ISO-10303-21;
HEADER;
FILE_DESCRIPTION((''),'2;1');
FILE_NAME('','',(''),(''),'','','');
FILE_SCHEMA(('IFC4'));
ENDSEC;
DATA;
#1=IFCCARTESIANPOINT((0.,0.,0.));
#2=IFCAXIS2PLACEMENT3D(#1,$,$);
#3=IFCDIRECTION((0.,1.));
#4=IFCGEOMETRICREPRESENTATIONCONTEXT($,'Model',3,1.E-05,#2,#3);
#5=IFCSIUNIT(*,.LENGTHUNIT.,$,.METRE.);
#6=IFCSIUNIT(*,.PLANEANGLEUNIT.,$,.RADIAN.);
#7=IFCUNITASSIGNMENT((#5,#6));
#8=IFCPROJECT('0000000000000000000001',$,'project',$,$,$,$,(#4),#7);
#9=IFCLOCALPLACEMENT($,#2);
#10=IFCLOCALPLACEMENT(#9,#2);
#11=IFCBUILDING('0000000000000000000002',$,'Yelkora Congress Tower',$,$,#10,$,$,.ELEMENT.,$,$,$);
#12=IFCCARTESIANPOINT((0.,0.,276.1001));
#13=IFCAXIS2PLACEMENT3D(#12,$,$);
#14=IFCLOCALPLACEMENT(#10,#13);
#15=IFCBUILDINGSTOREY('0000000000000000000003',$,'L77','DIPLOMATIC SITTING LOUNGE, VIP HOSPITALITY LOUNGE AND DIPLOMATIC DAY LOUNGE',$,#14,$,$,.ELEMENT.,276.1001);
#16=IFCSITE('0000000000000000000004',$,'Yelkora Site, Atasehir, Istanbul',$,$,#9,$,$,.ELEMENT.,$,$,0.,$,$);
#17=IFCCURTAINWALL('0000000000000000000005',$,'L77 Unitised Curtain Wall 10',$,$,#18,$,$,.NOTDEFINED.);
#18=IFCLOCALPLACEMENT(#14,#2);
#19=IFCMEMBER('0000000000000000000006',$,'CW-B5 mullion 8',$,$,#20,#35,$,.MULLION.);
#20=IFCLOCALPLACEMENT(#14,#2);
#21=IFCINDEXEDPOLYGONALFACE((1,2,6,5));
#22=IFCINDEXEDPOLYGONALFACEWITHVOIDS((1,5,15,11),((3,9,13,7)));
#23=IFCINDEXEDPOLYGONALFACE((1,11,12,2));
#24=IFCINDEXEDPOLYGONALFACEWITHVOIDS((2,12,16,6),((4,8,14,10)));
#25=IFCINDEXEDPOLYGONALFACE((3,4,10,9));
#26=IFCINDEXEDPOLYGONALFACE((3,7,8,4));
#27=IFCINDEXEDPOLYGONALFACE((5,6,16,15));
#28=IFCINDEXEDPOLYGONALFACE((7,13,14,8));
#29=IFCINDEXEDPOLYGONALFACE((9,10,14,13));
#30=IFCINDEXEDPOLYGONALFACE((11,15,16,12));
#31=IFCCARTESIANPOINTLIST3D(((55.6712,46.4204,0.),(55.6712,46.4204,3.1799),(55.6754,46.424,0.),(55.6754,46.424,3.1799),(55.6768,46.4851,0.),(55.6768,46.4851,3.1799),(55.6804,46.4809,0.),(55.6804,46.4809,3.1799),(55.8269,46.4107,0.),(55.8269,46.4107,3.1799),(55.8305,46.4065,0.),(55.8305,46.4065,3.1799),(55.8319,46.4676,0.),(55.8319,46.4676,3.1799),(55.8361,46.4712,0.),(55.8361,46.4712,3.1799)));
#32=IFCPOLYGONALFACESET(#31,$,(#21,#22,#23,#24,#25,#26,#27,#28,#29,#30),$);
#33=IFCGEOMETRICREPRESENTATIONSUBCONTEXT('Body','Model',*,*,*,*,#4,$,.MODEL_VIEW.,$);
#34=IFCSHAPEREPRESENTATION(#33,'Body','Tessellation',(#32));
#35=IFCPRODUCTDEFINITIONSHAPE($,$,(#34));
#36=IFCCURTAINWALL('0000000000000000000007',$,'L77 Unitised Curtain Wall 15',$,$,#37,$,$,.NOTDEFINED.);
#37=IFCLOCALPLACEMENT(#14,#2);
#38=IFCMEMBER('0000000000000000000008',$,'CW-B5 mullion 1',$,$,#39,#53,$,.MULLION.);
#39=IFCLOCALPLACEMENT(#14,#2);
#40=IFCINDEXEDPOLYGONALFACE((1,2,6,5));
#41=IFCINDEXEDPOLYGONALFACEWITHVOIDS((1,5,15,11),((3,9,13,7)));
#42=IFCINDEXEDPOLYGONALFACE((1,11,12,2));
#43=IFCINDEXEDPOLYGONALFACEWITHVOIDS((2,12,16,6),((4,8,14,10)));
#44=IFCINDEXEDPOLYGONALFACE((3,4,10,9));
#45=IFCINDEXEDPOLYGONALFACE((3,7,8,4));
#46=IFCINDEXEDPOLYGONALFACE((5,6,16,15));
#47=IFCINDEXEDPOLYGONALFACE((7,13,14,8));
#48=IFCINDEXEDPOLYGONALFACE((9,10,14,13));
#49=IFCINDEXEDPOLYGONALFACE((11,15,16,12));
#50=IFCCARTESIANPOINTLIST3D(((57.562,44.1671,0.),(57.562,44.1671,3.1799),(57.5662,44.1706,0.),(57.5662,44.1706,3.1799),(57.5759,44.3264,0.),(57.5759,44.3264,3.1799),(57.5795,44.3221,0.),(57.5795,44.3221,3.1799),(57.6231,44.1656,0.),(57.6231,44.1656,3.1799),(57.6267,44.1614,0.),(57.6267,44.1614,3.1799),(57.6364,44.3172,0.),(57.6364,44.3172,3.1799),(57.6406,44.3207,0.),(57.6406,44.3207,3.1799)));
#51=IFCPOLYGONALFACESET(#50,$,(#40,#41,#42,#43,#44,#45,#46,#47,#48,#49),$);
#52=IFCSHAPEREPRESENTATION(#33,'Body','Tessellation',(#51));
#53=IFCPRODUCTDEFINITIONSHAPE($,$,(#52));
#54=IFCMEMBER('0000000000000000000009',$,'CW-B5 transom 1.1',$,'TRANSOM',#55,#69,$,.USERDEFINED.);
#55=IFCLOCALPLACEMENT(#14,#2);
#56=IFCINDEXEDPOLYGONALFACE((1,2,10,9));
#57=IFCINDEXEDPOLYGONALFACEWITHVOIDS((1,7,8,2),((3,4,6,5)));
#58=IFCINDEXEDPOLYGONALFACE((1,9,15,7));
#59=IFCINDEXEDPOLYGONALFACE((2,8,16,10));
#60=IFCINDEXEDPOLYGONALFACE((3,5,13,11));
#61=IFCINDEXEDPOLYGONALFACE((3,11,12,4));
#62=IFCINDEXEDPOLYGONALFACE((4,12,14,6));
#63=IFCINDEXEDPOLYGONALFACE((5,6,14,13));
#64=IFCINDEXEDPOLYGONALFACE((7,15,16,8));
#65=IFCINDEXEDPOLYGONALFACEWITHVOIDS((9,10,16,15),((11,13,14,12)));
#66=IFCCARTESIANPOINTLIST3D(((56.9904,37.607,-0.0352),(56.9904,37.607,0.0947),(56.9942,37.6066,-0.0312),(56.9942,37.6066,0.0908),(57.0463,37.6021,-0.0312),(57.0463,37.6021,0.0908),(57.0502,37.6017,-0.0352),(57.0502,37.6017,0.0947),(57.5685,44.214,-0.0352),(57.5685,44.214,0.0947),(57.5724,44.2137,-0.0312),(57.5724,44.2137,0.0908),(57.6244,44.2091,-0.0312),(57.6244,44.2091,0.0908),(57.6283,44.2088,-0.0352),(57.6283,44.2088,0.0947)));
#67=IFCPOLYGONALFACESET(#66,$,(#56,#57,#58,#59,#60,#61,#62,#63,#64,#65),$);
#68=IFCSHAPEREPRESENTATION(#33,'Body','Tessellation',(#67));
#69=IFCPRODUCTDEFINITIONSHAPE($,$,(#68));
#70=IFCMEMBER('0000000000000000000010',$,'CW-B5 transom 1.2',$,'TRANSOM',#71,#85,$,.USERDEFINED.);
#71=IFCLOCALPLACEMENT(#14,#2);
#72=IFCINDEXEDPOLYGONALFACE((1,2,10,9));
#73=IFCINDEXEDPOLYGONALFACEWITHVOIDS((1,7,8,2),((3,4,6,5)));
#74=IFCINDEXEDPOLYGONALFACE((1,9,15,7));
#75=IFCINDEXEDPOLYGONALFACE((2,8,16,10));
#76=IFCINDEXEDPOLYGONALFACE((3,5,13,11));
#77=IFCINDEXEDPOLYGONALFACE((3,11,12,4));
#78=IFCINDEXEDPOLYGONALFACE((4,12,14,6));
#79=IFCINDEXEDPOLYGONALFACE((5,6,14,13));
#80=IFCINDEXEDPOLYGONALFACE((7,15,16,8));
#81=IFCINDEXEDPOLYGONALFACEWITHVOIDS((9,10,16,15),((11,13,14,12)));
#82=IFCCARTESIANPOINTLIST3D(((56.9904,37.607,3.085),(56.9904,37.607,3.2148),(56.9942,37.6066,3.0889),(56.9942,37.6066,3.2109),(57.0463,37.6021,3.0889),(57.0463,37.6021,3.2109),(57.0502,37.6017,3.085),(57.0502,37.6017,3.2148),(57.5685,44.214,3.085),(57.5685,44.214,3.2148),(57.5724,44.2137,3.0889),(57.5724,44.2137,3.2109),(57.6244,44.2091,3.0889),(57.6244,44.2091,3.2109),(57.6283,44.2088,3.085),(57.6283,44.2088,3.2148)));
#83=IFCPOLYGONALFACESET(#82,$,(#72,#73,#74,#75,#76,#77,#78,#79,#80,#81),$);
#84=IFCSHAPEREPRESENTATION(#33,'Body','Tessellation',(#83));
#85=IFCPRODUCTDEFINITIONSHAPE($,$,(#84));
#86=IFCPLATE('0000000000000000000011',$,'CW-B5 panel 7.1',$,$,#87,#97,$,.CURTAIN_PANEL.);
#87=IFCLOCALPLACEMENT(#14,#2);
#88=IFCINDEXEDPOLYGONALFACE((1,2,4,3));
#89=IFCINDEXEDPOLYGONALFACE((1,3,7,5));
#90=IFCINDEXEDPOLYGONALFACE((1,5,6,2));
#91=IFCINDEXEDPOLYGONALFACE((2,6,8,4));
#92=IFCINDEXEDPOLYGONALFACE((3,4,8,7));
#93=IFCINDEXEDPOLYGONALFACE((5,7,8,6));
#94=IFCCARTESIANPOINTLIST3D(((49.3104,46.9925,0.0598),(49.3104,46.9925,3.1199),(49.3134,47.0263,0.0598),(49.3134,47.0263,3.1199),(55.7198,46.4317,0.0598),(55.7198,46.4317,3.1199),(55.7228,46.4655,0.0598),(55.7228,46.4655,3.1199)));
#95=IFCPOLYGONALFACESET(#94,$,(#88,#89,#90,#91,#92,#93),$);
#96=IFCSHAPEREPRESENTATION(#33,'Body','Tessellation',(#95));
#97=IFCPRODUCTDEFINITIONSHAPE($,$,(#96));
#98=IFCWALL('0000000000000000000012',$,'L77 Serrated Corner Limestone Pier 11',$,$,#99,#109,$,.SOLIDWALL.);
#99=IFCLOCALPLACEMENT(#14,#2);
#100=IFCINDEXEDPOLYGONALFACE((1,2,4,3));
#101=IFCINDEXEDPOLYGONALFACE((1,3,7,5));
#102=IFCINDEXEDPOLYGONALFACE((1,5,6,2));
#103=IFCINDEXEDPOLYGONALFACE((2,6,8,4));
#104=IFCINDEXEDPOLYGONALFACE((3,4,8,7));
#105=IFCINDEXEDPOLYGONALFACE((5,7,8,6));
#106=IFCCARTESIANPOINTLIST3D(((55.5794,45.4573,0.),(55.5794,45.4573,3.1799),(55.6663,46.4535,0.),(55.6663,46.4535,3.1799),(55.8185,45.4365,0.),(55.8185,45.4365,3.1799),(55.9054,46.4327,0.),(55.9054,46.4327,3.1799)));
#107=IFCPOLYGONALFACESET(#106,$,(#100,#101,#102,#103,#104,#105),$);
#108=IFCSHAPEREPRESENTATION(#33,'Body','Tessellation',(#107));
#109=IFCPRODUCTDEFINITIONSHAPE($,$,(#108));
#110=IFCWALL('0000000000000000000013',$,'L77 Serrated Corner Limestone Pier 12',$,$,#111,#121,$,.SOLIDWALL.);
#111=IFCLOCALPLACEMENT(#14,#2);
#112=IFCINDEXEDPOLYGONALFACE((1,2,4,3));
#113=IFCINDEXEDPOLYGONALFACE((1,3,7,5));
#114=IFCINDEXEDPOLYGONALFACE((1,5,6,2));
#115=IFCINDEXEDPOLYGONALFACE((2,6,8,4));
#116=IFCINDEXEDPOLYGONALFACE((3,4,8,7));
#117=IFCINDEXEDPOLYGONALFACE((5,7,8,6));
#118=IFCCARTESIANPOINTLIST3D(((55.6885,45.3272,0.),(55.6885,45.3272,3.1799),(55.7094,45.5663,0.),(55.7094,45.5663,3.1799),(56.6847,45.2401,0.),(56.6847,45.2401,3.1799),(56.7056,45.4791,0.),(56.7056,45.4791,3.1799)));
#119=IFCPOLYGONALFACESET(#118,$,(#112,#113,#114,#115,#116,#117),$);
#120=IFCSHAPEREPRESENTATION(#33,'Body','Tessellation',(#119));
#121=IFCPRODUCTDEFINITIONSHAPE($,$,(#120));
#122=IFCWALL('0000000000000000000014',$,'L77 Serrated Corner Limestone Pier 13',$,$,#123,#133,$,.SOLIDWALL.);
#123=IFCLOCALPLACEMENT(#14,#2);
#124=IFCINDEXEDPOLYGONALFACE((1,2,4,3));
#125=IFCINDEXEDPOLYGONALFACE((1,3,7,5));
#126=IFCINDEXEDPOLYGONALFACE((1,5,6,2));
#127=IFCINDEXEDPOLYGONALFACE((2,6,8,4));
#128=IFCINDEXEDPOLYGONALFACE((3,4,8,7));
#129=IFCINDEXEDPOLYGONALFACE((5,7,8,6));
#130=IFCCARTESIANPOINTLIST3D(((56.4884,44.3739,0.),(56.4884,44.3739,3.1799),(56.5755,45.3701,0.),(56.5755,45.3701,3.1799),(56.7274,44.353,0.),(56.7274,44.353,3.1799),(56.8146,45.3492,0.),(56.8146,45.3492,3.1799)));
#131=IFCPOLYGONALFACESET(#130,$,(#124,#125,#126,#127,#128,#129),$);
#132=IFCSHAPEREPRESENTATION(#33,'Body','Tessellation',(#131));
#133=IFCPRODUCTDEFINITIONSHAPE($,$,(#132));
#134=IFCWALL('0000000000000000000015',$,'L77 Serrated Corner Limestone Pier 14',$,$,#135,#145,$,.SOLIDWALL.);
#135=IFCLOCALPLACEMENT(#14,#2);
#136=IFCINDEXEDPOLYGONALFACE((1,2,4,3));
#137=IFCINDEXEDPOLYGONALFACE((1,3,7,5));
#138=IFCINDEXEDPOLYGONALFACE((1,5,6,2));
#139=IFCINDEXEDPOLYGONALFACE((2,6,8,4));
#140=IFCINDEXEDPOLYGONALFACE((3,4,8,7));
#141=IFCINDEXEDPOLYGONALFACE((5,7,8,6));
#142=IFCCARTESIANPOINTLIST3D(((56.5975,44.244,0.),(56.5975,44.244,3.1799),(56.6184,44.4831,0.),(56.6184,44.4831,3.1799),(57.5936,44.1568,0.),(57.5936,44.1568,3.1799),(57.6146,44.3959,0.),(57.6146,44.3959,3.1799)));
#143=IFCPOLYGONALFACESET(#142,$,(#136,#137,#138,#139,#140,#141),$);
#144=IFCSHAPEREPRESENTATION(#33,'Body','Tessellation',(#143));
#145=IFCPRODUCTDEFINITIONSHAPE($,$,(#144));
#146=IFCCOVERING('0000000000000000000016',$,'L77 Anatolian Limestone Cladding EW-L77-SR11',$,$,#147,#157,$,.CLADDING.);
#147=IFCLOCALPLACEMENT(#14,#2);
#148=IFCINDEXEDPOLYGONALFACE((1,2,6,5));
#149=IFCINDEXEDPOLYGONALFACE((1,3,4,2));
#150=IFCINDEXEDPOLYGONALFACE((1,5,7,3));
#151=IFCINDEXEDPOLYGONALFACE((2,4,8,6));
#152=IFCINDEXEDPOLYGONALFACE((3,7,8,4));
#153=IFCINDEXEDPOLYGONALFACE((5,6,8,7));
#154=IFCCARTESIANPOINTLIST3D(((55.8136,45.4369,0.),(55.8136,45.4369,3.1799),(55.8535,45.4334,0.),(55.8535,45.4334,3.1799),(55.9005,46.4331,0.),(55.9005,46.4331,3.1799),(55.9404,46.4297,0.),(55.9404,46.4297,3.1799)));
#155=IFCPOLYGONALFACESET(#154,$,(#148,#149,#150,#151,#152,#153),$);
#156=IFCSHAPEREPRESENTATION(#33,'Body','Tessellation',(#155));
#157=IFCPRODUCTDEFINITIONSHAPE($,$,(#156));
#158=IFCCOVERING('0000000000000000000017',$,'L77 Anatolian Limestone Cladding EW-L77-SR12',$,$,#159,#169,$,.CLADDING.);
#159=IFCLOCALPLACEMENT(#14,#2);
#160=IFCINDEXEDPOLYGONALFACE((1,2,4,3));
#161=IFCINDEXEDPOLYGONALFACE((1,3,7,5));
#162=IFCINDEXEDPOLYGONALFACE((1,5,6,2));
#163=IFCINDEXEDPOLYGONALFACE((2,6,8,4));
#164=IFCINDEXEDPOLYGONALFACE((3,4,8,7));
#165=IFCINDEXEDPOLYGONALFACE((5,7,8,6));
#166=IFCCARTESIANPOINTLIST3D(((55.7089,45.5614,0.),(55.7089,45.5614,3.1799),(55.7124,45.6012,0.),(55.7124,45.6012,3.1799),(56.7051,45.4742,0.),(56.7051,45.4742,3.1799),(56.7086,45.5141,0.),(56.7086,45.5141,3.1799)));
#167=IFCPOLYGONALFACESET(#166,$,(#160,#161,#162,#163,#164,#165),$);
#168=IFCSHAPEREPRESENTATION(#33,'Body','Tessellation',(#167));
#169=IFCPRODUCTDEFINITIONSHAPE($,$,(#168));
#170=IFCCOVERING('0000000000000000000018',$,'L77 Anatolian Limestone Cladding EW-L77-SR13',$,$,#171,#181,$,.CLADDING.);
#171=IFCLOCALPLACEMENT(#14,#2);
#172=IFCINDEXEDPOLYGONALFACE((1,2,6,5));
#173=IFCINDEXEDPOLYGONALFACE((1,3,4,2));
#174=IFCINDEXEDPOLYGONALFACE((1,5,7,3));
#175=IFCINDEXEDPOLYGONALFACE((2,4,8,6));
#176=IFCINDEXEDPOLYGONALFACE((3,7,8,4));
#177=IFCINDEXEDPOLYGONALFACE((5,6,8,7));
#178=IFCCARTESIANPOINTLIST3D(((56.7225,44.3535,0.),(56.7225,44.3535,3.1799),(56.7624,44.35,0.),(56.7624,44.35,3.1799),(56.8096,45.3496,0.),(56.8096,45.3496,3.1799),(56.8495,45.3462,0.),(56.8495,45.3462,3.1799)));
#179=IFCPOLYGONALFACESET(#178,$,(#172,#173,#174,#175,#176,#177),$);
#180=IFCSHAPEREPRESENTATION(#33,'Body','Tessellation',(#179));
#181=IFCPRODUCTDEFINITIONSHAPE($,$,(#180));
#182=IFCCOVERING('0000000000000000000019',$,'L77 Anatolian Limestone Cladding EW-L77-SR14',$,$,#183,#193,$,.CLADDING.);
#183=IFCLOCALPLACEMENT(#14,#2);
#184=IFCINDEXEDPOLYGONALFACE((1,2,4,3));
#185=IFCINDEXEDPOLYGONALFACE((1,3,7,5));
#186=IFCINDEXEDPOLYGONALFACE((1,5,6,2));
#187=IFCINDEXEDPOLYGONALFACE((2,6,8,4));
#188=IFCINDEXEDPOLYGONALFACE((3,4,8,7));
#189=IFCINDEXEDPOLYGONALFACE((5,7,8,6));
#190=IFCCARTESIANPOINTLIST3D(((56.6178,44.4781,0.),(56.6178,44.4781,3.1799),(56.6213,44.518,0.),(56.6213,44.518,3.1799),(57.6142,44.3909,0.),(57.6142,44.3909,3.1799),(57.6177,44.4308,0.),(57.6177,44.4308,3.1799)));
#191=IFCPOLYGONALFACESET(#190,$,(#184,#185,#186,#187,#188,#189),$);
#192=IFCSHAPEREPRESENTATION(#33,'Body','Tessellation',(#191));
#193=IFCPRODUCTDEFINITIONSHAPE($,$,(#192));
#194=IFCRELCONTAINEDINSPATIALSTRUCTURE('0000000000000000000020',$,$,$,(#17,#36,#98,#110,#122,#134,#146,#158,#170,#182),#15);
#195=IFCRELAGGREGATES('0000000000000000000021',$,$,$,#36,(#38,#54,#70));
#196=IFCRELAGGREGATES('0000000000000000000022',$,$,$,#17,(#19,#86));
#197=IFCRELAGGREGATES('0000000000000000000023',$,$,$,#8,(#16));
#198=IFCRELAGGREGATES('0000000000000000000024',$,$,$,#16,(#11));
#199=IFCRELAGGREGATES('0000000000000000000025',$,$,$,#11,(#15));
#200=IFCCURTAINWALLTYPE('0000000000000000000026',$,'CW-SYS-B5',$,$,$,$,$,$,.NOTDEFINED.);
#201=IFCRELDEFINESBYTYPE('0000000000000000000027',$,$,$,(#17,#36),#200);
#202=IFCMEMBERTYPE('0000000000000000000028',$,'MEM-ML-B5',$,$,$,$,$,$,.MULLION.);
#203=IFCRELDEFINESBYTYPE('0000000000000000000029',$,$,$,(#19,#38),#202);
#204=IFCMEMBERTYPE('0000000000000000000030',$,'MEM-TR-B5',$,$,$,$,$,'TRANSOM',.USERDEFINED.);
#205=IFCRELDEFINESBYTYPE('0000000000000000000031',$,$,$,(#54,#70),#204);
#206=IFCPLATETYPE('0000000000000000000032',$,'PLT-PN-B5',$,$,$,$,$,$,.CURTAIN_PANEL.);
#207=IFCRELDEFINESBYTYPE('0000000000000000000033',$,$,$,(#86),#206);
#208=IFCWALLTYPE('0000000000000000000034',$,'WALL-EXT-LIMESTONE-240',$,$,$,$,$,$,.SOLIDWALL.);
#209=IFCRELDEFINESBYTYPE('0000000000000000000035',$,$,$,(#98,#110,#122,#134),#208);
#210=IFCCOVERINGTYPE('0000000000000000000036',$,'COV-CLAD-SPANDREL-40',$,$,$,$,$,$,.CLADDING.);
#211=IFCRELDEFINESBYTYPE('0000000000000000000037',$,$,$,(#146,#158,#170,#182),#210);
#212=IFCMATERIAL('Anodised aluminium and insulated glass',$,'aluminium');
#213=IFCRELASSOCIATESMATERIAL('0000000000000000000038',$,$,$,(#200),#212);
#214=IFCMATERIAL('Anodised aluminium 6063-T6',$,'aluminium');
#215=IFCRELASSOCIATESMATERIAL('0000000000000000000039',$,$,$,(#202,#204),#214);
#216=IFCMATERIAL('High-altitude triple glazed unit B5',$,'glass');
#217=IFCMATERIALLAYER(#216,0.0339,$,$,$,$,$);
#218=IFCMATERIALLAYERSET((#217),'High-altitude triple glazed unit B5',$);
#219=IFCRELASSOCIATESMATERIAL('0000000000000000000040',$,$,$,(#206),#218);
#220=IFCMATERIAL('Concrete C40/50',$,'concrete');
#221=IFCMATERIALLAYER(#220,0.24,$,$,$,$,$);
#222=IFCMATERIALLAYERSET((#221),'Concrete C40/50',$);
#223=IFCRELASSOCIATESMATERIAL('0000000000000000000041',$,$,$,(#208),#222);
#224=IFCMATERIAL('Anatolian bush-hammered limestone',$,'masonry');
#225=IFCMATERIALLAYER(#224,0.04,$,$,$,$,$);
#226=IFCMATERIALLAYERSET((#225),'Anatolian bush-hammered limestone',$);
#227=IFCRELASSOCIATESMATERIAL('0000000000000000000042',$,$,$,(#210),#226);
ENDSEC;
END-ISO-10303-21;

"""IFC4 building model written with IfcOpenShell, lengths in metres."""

from ifc_helpers import new_model, si_unit, direction, frame, frame_2d, origin, origin_2d, place, context, subcontext, project, spatial, rectangle, hollow_rectangle, extrude, material, layer, layer_set, material_profile, profile_set, type_object, element, aggregate, save


model = new_model("IFC4")

# Units and contexts
model_context = context("Model", 3, precision=1e-05, world=origin(), true_north=direction((0.0, 1.0)))
body_context = subcontext(model_context, "Body", "Model", "MODEL_VIEW")
ifc_project = project(units=[si_unit("LENGTHUNIT", "METRE"), si_unit("PLANEANGLEUNIT", "RADIAN")], contexts=[model_context])

# Site, building, storey
site_placement = place(None, origin())
site = spatial("IfcSite", under=ifc_project, at=site_placement, Name="Yelkora Site, Atasehir, Istanbul", CompositionType="ELEMENT", RefElevation=0.0)
building_placement = place(site_placement, origin())
building = spatial("IfcBuilding", under=site, at=building_placement, Name="Yelkora Congress Tower", CompositionType="ELEMENT")
storey_placement = place(building_placement, frame((0.0, 0.0, 276.1001)))
storey = spatial("IfcBuildingStorey", under=building, at=storey_placement, Name="L77", Description="DIPLOMATIC SITTING LOUNGE, VIP HOSPITALITY LOUNGE AND DIPLOMATIC DAY LOUNGE", CompositionType="ELEMENT", Elevation=276.1001)

# Curtain wall, member
ifc_material_1 = material(Name="Anodised aluminium and insulated glass", Category="aluminium")
curtain_wall_type = type_object("IfcCurtainWallType", Name="CW-SYS-B5", PredefinedType="NOTDEFINED", material=ifc_material_1)
curtain_wall_1_placement = place(storey_placement, origin())
curtain_wall_1 = element("IfcCurtainWall", 1, at=curtain_wall_1_placement, inside=storey, type_object=curtain_wall_type, Name="L77 Unitised Curtain Wall 10", PredefinedType="NOTDEFINED")
ifc_material_2 = material(Name="Anodised aluminium 6063-T6", Category="aluminium")
ifc_material_profile_1 = material_profile(ifc_material_2, hollow_rectangle(XDim=0.0649, YDim=0.1599, WallThickness=0.0039, at=origin_2d()), Name="ALU 65x160x4")
ifc_profile_set_1 = profile_set([ifc_material_profile_1], Name="Anodised aluminium 6063-T6")
member_type_1 = type_object("IfcMemberType", Name="MEM-ML-B5", PredefinedType="MULLION", material=ifc_profile_set_1)
member_1_placement = place(storey_placement, frame((55.7537, 46.4458, 0.0), z_axis=(0.0, 0.0, 1.0), x_axis=(0.087157, 0.996195, 0.0)))
member_1 = element("IfcMember", 2, at=member_1_placement, type_object=member_type_1, Name="CW-B5 mullion 8", PredefinedType="MULLION", context=body_context, shape_type="SweptSolid", body=[
    extrude(hollow_rectangle(XDim=0.0649, YDim=0.1599, WallThickness=0.0039, at=origin_2d()), origin(), (0.0, 0.0, 1.0), 3.1799),
])

# Curtain wall, members
curtain_wall_2_placement = place(storey_placement, origin())
curtain_wall_2 = element("IfcCurtainWall", 3, at=curtain_wall_2_placement, inside=storey, type_object=curtain_wall_type, Name="L77 Unitised Curtain Wall 15", PredefinedType="NOTDEFINED")
member_2_placement = place(storey_placement, frame((57.6013, 44.2439, 0.0), z_axis=(0.0, 0.0, 1.0), x_axis=(0.996194, -0.087158, 0.0)))
member_2 = element("IfcMember", 4, at=member_2_placement, type_object=member_type_1, Name="CW-B5 mullion 1", PredefinedType="MULLION", context=body_context, shape_type="SweptSolid", body=[
    extrude(hollow_rectangle(XDim=0.0649, YDim=0.1599, WallThickness=0.0039, at=origin_2d()), origin(), (0.0, 0.0, 1.0), 3.1799),
])
ifc_material_profile_2 = material_profile(ifc_material_2, hollow_rectangle(XDim=0.0601, YDim=0.1299, WallThickness=0.0039, at=origin_2d()), Name="ALU 60x130x4")
ifc_profile_set_2 = profile_set([ifc_material_profile_2], Name="Anodised aluminium 6063-T6")
member_type_2 = type_object("IfcMemberType", Name="MEM-TR-B5", ElementType="TRANSOM", PredefinedType="USERDEFINED", material=ifc_profile_set_2)
member_3_placement = place(storey_placement, frame((57.5984, 44.2114, 0.0298), z_axis=(-0.087166, -0.996194, 0.0), x_axis=(0.996194, -0.087166, 0.0)))
member_3 = element("IfcMember", 5, at=member_3_placement, type_object=member_type_2, Name="CW-B5 transom 1.1", ObjectType="TRANSOM", PredefinedType="USERDEFINED", context=body_context, shape_type="SweptSolid", body=[
    extrude(hollow_rectangle(XDim=0.0601, YDim=0.1299, WallThickness=0.0039, at=origin_2d()), origin(), (0.0, 0.0, 1.0), 6.6323),
])
member_4_placement = place(storey_placement, frame((57.5984, 44.2114, 3.1499), z_axis=(-0.087166, -0.996194, 0.0), x_axis=(0.996194, -0.087166, 0.0)))
member_4 = element("IfcMember", 6, at=member_4_placement, type_object=member_type_2, Name="CW-B5 transom 1.2", ObjectType="TRANSOM", PredefinedType="USERDEFINED", context=body_context, shape_type="SweptSolid", body=[
    extrude(hollow_rectangle(XDim=0.0601, YDim=0.1299, WallThickness=0.0039, at=origin_2d()), origin(), (0.0, 0.0, 1.0), 6.6323),
])
aggregate(curtain_wall_2, [member_2, member_3, member_4])

# Plate
ifc_material_3 = material(Name="High-altitude triple glazed unit B5", Category="glass")
ifc_layer_1 = layer(ifc_material_3, 0.0339)
ifc_layer_set_1 = layer_set([ifc_layer_1], Name="High-altitude triple glazed unit B5")
plate_type = type_object("IfcPlateType", Name="PLT-PN-B5", PredefinedType="CURTAIN_PANEL", material=ifc_layer_set_1)
plate_placement = place(storey_placement, frame((52.5166, 46.729, 0.0598), z_axis=(0.0, 0.0, 1.0), x_axis=(0.996195, -0.087157, 0.0)))
plate = element("IfcPlate", 7, at=plate_placement, type_object=plate_type, Name="CW-B5 panel 7.1", PredefinedType="CURTAIN_PANEL", context=body_context, shape_type="SweptSolid", body=[
    extrude(rectangle(XDim=6.4338, YDim=0.0339, at=origin_2d()), origin(), (0.0, 0.0, 1.0), 3.0601),
])
aggregate(curtain_wall_1, [member_1, plate])

# Walls
ifc_material_4 = material(Name="Concrete C40/50", Category="concrete")
ifc_layer_2 = layer(ifc_material_4, 0.24)
ifc_layer_set_2 = layer_set([ifc_layer_2], Name="Concrete C40/50")
wall_type = type_object("IfcWallType", Name="WALL-EXT-LIMESTONE-240", PredefinedType="SOLIDWALL", material=ifc_layer_set_2)
for number, where, z_axis, x_axis, name in (
    (8, (55.7859, 46.4431, 0.0), (0.0, 0.0, 1.0), (-0.086903, -0.996217, 0.0), "L77 Serrated Corner Limestone Pier 11"),
    (9, (55.699, 45.4468, 0.0), (0.0, 0.0, 1.0), (0.996194, -0.087167, 0.0), "L77 Serrated Corner Limestone Pier 12"),
    (10, (56.6951, 45.3596, 0.0), (0.0, 0.0, 1.0), (-0.087167, -0.996194, 0.0), "L77 Serrated Corner Limestone Pier 13"),
    (11, (56.6079, 44.3635, 0.0), (0.0, 0.0, 1.0), (0.996194, -0.087167, 0.0), "L77 Serrated Corner Limestone Pier 14"),
):
    element("IfcWall", number, at=place(storey_placement, frame(where, z_axis=z_axis, x_axis=x_axis)), inside=storey, type_object=wall_type, Name=name, PredefinedType="SOLIDWALL", context=body_context, shape_type="SweptSolid", body=[
        extrude(rectangle(XDim=1.0, YDim=0.24, at=frame_2d((0.5, 0.0))), origin(), (0.0, 0.0, 1.0), 3.1799),
    ])

# Coverings
ifc_material_5 = material(Name="Anatolian bush-hammered limestone", Category="masonry")
ifc_layer_3 = layer(ifc_material_5, 0.04)
ifc_layer_set_3 = layer_set([ifc_layer_3], Name="Anatolian bush-hammered limestone")
covering_type = type_object("IfcCoveringType", Name="COV-CLAD-SPANDREL-40", PredefinedType="CLADDING", material=ifc_layer_set_3)
for number, where, z_axis, x_axis, name in (
    (12, (55.9204, 46.4314, 0.0), (0.0, 0.0, 1.0), (-0.086903, -0.996217, 0.0), "L77 Anatolian Limestone Cladding EW-L77-SR11"),
    (13, (55.7107, 45.5813, 0.0), (0.0, 0.0, 1.0), (0.996194, -0.087167, 0.0), "L77 Anatolian Limestone Cladding EW-L77-SR12"),
    (14, (56.8296, 45.3479, 0.0), (0.0, 0.0, 1.0), (-0.087167, -0.996194, 0.0), "L77 Anatolian Limestone Cladding EW-L77-SR13"),
):
    element("IfcCovering", number, at=place(storey_placement, frame(where, z_axis=z_axis, x_axis=x_axis)), inside=storey, type_object=covering_type, Name=name, PredefinedType="CLADDING", context=body_context, shape_type="SweptSolid", body=[
        extrude(rectangle(XDim=1.0, YDim=0.04, at=frame_2d((0.5, 0.0))), origin(), (0.0, 0.0, 1.0), 3.1799),
    ])
covering_placement = place(storey_placement, frame((56.6196, 44.498, 0.0), z_axis=(0.0, 0.0, 1.0), x_axis=(0.996196, -0.087146, 0.0)))
element("IfcCovering", 15, at=covering_placement, inside=storey, type_object=covering_type, Name="L77 Anatolian Limestone Cladding EW-L77-SR14", PredefinedType="CLADDING", context=body_context, shape_type="SweptSolid", body=[
    extrude(rectangle(XDim=1.0002, YDim=0.04, at=frame_2d((0.5, 0.0))), origin(), (0.0, 0.0, 1.0), 3.1799),
])

save(model, "model.ifc")
